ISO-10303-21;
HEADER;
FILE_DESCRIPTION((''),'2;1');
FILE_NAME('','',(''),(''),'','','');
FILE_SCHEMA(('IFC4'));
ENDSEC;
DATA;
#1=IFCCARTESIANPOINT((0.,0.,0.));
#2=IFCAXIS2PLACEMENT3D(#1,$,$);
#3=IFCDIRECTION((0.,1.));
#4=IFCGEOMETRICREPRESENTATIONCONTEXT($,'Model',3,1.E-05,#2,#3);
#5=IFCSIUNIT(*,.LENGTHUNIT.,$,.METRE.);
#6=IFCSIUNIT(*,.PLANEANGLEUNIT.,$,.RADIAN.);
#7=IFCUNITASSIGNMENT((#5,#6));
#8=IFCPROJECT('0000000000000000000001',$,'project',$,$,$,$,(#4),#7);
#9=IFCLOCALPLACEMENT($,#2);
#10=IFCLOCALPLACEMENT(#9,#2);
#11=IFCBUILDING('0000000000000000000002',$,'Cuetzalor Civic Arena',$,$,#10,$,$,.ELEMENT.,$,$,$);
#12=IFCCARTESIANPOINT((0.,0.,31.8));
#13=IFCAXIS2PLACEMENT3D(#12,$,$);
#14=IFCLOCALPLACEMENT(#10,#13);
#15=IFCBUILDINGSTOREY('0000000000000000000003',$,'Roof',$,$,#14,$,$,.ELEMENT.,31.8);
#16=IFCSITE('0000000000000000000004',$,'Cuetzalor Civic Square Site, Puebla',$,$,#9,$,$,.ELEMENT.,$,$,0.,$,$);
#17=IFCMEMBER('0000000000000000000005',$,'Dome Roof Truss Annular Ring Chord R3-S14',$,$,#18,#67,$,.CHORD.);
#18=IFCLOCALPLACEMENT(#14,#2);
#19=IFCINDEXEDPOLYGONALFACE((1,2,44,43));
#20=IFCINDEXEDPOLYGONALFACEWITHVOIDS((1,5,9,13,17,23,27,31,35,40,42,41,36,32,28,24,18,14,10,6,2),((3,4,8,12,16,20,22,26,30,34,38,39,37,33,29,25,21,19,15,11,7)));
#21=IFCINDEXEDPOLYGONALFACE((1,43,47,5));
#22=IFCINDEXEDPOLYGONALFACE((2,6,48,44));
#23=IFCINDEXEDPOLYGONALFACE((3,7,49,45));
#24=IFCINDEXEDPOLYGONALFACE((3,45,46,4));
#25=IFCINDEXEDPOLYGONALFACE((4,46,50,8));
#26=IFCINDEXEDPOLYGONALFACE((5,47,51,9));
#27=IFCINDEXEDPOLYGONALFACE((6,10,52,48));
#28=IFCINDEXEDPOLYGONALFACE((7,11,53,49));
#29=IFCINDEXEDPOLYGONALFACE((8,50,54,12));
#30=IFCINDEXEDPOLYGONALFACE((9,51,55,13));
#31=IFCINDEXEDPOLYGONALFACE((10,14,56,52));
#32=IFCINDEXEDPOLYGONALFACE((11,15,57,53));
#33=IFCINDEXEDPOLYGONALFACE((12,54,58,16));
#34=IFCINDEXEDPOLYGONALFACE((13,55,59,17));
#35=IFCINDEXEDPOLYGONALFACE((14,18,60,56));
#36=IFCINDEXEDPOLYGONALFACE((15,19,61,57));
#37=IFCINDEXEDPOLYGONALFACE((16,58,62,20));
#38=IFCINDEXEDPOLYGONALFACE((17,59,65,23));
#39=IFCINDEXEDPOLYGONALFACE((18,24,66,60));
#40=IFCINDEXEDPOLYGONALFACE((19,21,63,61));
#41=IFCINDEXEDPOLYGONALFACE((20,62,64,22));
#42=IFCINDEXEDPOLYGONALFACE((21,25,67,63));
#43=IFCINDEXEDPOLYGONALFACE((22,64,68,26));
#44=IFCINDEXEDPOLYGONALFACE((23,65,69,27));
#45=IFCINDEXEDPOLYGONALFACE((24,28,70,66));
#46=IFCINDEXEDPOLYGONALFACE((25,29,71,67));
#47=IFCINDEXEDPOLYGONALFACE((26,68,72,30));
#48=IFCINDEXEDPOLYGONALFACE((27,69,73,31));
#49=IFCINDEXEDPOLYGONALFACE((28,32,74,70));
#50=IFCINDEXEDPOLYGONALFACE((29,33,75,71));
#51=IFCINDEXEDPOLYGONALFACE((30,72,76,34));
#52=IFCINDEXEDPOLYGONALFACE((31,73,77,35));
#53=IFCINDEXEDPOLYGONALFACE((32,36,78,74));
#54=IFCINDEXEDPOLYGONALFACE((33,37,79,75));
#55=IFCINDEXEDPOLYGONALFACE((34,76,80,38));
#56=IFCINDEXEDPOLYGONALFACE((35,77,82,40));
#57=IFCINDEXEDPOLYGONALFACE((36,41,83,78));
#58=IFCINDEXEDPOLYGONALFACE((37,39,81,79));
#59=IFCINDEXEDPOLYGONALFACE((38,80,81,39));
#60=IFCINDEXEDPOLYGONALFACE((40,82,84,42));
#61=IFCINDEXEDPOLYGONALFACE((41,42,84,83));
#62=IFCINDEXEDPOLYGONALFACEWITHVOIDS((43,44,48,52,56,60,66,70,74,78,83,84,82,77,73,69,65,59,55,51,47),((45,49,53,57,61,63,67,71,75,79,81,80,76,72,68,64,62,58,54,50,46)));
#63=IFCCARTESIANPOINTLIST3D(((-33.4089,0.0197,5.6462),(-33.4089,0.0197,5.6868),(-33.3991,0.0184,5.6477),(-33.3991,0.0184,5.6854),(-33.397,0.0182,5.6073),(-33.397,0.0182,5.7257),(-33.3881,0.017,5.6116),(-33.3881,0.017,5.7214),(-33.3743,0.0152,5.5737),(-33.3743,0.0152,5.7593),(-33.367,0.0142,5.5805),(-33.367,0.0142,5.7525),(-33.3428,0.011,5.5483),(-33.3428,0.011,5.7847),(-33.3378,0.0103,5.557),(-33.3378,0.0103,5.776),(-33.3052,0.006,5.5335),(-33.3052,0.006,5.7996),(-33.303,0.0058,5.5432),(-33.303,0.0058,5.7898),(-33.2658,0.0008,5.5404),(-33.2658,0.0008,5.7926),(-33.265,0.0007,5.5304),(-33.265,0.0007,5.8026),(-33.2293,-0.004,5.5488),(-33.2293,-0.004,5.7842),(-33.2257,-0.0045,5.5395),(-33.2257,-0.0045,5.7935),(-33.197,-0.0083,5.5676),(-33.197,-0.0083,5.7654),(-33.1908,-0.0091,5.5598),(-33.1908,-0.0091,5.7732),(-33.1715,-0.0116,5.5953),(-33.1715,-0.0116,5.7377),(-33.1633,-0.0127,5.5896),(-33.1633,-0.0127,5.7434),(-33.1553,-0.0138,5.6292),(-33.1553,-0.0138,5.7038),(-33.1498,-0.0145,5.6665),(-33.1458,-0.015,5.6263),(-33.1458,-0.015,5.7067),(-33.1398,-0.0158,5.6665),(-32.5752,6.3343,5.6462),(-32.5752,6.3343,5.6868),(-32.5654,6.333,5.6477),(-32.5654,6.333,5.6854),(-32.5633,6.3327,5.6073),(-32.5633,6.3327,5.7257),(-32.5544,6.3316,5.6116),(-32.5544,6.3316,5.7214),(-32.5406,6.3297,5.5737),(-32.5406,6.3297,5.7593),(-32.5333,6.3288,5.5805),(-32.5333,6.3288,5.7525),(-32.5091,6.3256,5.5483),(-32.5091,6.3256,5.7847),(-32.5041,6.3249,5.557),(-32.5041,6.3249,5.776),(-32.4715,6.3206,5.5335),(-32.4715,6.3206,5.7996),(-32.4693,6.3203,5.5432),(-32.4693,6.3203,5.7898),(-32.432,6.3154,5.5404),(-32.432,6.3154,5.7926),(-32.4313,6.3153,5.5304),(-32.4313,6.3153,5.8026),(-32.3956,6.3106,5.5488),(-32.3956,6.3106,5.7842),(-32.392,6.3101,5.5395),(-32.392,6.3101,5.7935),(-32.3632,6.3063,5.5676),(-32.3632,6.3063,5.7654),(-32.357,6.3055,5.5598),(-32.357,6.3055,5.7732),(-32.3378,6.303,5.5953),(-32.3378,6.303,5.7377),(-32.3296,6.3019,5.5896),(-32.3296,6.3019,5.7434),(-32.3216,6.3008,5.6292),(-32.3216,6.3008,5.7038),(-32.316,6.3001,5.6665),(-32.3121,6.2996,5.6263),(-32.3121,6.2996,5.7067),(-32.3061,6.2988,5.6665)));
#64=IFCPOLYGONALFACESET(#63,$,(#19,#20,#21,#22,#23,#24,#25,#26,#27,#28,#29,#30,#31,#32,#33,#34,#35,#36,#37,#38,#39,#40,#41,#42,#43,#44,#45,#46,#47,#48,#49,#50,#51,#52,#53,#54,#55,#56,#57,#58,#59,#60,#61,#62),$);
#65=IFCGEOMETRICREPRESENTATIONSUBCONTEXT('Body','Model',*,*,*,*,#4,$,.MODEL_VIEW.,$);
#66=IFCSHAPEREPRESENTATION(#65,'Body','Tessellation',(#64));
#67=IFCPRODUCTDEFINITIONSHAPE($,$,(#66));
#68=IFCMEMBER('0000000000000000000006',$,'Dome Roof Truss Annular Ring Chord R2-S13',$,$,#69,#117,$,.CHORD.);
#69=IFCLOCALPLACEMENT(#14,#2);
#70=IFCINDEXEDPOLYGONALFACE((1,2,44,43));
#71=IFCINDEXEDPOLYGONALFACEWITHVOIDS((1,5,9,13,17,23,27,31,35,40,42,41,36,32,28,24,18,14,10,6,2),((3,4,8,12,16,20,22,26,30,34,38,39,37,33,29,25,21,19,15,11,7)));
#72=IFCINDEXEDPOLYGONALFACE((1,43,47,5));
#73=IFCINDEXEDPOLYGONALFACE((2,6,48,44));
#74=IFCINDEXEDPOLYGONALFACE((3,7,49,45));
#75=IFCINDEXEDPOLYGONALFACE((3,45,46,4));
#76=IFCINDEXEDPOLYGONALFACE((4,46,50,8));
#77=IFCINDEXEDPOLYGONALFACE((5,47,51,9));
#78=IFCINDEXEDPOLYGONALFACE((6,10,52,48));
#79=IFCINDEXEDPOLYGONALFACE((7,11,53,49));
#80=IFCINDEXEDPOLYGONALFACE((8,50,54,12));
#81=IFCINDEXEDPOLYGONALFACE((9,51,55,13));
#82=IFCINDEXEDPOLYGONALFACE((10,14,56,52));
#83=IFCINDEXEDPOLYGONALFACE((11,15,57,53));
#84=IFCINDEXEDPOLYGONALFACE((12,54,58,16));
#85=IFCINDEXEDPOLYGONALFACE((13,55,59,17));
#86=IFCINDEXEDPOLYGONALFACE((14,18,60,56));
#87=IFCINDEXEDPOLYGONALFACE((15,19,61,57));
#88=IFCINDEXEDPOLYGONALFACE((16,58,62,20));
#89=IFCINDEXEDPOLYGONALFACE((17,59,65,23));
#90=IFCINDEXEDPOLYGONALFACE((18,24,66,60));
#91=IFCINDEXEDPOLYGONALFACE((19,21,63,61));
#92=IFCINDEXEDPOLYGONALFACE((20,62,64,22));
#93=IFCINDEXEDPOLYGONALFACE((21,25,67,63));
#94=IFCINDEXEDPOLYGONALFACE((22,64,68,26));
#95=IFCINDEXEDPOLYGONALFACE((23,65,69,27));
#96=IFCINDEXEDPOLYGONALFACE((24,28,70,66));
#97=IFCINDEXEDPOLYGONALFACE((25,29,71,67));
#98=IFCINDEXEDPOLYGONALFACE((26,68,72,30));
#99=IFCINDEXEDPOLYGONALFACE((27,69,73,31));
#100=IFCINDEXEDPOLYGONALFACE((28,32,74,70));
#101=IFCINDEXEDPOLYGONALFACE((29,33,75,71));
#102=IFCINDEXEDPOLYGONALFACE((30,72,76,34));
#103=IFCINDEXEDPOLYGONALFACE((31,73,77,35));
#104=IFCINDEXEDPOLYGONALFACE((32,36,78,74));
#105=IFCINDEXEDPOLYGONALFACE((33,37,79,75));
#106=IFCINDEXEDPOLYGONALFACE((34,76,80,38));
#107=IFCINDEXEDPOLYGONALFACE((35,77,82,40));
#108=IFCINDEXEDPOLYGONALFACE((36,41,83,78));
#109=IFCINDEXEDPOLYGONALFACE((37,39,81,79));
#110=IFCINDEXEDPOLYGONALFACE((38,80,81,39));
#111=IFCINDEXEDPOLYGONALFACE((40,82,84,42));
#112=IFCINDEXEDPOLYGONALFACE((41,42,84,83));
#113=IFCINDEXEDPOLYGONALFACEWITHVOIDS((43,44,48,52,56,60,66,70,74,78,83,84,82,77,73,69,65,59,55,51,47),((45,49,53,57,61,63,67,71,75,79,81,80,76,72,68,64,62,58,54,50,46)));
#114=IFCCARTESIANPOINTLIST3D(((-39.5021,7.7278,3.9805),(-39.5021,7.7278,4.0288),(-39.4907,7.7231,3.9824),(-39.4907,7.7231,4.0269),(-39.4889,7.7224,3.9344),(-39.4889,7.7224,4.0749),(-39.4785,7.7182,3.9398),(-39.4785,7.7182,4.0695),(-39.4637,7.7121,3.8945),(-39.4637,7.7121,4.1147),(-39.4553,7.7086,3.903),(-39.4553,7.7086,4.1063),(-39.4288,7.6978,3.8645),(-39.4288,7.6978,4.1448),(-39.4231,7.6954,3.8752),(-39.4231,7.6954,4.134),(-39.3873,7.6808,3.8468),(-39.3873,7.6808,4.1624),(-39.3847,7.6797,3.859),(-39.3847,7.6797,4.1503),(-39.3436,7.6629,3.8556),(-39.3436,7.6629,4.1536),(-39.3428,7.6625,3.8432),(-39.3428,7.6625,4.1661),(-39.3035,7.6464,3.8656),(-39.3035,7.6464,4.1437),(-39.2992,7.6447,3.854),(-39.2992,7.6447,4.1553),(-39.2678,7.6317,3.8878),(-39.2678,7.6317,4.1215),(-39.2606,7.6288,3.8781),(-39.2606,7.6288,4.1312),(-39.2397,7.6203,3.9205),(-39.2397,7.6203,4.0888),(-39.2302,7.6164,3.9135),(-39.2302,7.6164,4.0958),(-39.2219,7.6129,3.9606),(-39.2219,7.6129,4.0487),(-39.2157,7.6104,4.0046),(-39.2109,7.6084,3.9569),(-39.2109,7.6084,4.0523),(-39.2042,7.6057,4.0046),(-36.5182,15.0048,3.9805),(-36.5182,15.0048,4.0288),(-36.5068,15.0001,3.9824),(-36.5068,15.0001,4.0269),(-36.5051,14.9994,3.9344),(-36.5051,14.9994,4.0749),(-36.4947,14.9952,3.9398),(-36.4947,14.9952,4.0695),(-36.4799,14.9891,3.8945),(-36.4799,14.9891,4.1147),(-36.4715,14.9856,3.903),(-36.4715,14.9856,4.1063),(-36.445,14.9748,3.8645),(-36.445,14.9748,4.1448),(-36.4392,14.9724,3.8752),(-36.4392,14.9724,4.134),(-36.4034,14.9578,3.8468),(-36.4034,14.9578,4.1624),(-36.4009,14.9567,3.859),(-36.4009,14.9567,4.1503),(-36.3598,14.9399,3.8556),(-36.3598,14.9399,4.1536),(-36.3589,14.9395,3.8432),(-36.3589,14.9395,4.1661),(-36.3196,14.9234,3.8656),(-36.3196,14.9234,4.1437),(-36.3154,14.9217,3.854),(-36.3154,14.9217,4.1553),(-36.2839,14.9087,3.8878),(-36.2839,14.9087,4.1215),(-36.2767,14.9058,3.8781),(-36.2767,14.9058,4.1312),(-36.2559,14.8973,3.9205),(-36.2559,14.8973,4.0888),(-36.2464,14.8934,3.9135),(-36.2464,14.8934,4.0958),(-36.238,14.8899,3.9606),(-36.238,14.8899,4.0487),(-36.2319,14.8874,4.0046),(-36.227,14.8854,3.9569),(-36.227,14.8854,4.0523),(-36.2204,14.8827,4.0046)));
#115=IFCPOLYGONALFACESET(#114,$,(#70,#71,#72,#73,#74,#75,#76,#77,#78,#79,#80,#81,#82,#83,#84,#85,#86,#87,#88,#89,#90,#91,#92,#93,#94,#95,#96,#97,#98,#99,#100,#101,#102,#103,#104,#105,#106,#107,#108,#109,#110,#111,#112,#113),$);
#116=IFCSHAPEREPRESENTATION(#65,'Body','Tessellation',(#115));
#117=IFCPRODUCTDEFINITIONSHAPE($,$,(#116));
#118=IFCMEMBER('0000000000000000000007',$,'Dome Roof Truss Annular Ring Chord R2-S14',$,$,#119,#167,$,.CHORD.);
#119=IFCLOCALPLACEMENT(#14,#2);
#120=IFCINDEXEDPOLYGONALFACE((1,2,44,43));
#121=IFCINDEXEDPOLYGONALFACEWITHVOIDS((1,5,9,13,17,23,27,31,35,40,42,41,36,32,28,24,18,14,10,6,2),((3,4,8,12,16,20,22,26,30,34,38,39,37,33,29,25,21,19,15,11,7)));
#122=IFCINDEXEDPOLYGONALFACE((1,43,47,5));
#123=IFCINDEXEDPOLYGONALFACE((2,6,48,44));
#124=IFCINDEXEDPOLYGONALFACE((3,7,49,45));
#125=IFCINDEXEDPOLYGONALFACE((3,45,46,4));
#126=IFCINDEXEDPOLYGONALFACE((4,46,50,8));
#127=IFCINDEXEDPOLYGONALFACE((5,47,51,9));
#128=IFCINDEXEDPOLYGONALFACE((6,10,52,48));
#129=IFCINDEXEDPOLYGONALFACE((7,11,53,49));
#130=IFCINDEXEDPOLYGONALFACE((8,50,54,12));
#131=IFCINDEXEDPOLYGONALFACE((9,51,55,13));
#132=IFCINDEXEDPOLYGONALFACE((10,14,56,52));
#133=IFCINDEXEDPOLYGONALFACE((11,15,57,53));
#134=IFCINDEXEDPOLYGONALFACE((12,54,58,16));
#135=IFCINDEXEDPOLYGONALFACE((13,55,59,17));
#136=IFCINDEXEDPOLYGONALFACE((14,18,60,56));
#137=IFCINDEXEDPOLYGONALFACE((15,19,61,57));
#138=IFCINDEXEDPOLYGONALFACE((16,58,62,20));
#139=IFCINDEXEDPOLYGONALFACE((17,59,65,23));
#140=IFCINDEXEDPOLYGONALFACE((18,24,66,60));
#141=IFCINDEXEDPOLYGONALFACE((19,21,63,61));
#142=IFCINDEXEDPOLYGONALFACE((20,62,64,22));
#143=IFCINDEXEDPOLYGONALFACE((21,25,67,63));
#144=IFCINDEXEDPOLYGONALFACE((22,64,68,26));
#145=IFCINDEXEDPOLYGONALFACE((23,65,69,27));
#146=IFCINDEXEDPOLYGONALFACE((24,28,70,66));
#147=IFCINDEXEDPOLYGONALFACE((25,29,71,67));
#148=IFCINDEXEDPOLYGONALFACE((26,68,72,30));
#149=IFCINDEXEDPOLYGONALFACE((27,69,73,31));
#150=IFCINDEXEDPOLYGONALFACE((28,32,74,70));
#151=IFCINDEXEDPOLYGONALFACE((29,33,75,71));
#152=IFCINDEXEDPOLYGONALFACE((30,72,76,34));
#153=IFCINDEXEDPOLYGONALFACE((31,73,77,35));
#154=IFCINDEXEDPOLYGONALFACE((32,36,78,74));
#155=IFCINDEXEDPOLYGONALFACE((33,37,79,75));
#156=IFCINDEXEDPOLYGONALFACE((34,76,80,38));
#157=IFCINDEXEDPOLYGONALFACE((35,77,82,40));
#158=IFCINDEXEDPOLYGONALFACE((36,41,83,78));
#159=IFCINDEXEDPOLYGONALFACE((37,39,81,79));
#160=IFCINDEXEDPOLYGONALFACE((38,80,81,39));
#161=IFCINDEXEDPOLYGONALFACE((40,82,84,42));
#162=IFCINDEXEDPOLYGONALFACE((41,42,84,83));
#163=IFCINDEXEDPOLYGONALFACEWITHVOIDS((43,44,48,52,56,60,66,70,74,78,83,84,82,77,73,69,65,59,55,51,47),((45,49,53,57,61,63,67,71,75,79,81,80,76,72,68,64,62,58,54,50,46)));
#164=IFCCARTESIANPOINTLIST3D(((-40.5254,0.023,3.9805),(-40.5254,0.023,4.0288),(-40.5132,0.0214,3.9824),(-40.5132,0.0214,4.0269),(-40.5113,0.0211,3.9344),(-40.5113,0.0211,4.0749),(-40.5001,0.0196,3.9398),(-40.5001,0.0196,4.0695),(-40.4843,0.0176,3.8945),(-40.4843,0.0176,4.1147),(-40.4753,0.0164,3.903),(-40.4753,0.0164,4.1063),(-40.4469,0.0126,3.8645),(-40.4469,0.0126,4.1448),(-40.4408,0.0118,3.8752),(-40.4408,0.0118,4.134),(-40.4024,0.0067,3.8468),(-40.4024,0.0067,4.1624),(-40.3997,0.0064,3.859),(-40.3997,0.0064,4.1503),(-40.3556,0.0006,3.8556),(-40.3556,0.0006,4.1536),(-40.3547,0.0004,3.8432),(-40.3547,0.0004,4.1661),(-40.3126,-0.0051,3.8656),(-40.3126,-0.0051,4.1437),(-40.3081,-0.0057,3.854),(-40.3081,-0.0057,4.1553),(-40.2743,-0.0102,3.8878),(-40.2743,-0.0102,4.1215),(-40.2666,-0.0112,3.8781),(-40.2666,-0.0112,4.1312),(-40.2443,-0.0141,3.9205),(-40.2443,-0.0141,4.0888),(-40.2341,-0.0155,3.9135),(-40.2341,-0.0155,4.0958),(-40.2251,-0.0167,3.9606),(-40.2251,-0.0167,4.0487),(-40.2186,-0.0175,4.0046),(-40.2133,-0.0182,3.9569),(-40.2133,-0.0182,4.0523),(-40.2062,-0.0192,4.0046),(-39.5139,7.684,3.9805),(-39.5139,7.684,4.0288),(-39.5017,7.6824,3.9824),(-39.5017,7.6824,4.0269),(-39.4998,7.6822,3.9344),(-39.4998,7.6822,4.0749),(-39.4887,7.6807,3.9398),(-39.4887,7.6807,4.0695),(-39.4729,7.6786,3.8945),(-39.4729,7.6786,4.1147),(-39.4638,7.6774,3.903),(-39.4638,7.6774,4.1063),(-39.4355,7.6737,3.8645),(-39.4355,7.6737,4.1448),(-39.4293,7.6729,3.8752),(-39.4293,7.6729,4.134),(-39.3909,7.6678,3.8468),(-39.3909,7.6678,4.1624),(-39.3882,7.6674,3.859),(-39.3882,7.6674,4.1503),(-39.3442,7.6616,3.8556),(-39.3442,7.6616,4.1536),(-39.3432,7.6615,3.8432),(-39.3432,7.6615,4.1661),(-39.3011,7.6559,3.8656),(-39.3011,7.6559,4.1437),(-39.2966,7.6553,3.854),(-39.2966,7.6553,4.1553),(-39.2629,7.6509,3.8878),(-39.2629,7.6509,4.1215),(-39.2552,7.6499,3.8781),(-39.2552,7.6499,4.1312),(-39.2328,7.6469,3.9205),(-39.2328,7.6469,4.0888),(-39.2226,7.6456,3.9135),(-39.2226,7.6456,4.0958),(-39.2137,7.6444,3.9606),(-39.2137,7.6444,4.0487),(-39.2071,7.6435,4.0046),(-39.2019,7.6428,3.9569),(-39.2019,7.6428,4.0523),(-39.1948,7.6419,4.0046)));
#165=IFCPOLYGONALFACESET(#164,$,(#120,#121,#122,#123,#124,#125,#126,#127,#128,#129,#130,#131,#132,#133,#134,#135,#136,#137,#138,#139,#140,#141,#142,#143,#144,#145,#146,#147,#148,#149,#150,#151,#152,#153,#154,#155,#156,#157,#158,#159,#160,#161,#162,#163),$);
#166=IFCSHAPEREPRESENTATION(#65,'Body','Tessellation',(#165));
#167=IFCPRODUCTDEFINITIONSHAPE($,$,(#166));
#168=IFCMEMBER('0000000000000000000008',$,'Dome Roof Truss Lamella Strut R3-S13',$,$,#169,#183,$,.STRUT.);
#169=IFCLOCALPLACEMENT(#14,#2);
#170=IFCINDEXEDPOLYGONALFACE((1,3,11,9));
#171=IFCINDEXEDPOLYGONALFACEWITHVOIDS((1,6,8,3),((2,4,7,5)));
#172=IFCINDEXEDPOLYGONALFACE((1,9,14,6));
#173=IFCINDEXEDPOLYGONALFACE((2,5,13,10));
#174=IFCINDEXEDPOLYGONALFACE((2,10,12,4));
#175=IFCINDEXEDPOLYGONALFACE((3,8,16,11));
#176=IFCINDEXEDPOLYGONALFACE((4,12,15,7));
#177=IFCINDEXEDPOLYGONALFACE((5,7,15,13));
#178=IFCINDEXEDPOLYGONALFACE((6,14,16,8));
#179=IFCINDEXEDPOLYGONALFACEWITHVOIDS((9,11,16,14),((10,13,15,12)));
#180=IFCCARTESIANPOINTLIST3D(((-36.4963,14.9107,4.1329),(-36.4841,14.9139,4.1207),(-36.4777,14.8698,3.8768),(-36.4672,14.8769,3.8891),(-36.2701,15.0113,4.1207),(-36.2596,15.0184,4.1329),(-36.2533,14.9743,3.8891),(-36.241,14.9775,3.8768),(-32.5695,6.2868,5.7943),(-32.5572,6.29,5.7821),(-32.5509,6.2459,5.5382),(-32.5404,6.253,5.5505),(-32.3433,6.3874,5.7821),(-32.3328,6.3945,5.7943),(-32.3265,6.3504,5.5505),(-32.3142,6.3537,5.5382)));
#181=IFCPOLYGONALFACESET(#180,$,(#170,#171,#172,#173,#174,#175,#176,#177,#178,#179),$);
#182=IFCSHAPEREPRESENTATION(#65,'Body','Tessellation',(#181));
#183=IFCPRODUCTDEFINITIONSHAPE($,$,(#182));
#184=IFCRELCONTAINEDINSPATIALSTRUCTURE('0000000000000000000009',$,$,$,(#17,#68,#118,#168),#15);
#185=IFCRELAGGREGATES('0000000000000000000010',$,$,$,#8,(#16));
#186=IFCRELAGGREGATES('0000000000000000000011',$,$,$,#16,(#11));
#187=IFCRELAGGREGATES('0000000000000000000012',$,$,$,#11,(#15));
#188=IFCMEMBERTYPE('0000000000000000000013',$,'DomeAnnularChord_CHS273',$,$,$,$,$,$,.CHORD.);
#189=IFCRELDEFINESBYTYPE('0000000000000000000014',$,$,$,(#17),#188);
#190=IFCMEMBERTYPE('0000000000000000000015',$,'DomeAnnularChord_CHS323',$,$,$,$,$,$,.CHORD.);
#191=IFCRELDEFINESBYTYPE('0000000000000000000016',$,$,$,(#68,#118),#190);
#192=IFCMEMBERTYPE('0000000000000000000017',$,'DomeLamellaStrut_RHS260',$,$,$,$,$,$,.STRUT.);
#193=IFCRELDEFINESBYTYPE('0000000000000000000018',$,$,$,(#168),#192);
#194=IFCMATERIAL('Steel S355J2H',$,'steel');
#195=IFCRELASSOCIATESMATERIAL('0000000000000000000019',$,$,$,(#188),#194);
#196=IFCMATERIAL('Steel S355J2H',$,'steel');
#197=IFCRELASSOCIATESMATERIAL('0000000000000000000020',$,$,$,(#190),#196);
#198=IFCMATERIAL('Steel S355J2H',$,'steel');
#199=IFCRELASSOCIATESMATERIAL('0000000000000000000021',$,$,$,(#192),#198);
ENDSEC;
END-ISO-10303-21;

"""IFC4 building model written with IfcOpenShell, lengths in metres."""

from ifc_helpers import new_model, si_unit, direction, frame, origin, origin_2d, place, context, subcontext, project, spatial, hollow_rectangle, hollow_circle, extrude, material, material_profile, profile_set, type_object, element, save


model = new_model("IFC4")

# Units and contexts
model_context = context("Model", 3, precision=1e-05, world=origin(), true_north=direction((0.0, 1.0)))
body_context = subcontext(model_context, "Body", "Model", "MODEL_VIEW")
ifc_project = project(units=[si_unit("LENGTHUNIT", "METRE"), si_unit("PLANEANGLEUNIT", "RADIAN")], contexts=[model_context])

# Site, building, storey
site_placement = place(None, origin())
site = spatial("IfcSite", under=ifc_project, at=site_placement, Name="Cuetzalor Civic Square Site, Puebla", CompositionType="ELEMENT", RefElevation=0.0)
building_placement = place(site_placement, origin())
building = spatial("IfcBuilding", under=site, at=building_placement, Name="Cuetzalor Civic Arena", CompositionType="ELEMENT")
storey_placement = place(building_placement, frame((0.0, 0.0, 31.8)))
storey = spatial("IfcBuildingStorey", under=building, at=storey_placement, Name="Roof", CompositionType="ELEMENT", Elevation=31.8)

# Members
ifc_material_1 = material(Name="Steel S355J2H", Category="steel")
ifc_material_profile_1 = material_profile(ifc_material_1, hollow_circle(Radius=0.1365, WallThickness=0.01, at=origin_2d()), Name="CHS 273x10")
ifc_profile_set_1 = profile_set([ifc_material_profile_1], Name="Steel S355J2H")
member_type_1 = type_object("IfcMemberType", Name="DomeAnnularChord_CHS273", PredefinedType="CHORD", material=ifc_profile_set_1)
member_1_placement = place(storey_placement, frame((-32.4414, 6.3167, 5.6665), z_axis=(-0.130896, -0.991396, 0.0), x_axis=(0.991396, -0.130896, 0.0)))
element("IfcMember", 1, at=member_1_placement, inside=storey, type_object=member_type_1, Name="Dome Roof Truss Annular Ring Chord R3-S14", PredefinedType="CHORD", context=body_context, shape_type="SweptSolid", body=[
    extrude(hollow_circle(Radius=0.1365, WallThickness=0.01, at=origin_2d()), origin(), (0.0, 0.0, 1.0), 6.3694),
])
ifc_material_2 = material(Name="Steel S355J2H", Category="steel")
ifc_material_profile_2 = material_profile(ifc_material_2, hollow_circle(Radius=0.1619, WallThickness=0.0125, at=origin_2d()), Name="CHS 323.9x12.5")
ifc_profile_set_2 = profile_set([ifc_material_profile_2], Name="Steel S355J2H")
member_type_2 = type_object("IfcMemberType", Name="DomeAnnularChord_CHS323", PredefinedType="CHORD", material=ifc_profile_set_2)
member_2_placement = place(storey_placement, frame((-36.3701, 14.9441, 4.0046), z_axis=(-0.379383, -0.92524, 0.0), x_axis=(0.92524, -0.379383, 0.0)))
element("IfcMember", 2, at=member_2_placement, inside=storey, type_object=member_type_2, Name="Dome Roof Truss Annular Ring Chord R2-S13", PredefinedType="CHORD", context=body_context, shape_type="SweptSolid", body=[
    extrude(hollow_circle(Radius=0.1619, WallThickness=0.0125, at=origin_2d()), origin(), (0.0, 0.0, 1.0), 7.865),
])
member_3_placement = place(storey_placement, frame((-39.3552, 7.6631, 4.0046), z_axis=(-0.130891, -0.991397, 0.0), x_axis=(0.991397, -0.130891, 0.0)))
element("IfcMember", 3, at=member_3_placement, inside=storey, type_object=member_type_2, Name="Dome Roof Truss Annular Ring Chord R2-S14", PredefinedType="CHORD", context=body_context, shape_type="SweptSolid", body=[
    extrude(hollow_circle(Radius=0.1619, WallThickness=0.0125, at=origin_2d()), origin(), (0.0, 0.0, 1.0), 7.7275),
])
ifc_material_3 = material(Name="Steel S355J2H", Category="steel")
ifc_material_profile_3 = material_profile(ifc_material_3, hollow_rectangle(XDim=0.26, YDim=0.26, WallThickness=0.0125, at=origin_2d()), Name="RHS 260x260x12.5")
ifc_profile_set_3 = profile_set([ifc_material_profile_3], Name="Steel S355J2H")
member_type_3 = type_object("IfcMemberType", Name="DomeLamellaStrut_RHS260", PredefinedType="STRUT", material=ifc_profile_set_3)
member_4_placement = place(storey_placement, frame((-36.3687, 14.9441, 4.0049), z_axis=(0.408176, -0.89642, 0.172696), x_axis=(0.910094, 0.414403, 0.0)))
element("IfcMember", 4, at=member_4_placement, inside=storey, type_object=member_type_3, Name="Dome Roof Truss Lamella Strut R3-S13", PredefinedType="STRUT", context=body_context, shape_type="SweptSolid", body=[
    extrude(hollow_rectangle(XDim=0.26, YDim=0.26, WallThickness=0.0125, at=origin_2d()), origin(), (0.0, 0.0, 1.0), 9.6204),
])

save(model, "model.ifc")
